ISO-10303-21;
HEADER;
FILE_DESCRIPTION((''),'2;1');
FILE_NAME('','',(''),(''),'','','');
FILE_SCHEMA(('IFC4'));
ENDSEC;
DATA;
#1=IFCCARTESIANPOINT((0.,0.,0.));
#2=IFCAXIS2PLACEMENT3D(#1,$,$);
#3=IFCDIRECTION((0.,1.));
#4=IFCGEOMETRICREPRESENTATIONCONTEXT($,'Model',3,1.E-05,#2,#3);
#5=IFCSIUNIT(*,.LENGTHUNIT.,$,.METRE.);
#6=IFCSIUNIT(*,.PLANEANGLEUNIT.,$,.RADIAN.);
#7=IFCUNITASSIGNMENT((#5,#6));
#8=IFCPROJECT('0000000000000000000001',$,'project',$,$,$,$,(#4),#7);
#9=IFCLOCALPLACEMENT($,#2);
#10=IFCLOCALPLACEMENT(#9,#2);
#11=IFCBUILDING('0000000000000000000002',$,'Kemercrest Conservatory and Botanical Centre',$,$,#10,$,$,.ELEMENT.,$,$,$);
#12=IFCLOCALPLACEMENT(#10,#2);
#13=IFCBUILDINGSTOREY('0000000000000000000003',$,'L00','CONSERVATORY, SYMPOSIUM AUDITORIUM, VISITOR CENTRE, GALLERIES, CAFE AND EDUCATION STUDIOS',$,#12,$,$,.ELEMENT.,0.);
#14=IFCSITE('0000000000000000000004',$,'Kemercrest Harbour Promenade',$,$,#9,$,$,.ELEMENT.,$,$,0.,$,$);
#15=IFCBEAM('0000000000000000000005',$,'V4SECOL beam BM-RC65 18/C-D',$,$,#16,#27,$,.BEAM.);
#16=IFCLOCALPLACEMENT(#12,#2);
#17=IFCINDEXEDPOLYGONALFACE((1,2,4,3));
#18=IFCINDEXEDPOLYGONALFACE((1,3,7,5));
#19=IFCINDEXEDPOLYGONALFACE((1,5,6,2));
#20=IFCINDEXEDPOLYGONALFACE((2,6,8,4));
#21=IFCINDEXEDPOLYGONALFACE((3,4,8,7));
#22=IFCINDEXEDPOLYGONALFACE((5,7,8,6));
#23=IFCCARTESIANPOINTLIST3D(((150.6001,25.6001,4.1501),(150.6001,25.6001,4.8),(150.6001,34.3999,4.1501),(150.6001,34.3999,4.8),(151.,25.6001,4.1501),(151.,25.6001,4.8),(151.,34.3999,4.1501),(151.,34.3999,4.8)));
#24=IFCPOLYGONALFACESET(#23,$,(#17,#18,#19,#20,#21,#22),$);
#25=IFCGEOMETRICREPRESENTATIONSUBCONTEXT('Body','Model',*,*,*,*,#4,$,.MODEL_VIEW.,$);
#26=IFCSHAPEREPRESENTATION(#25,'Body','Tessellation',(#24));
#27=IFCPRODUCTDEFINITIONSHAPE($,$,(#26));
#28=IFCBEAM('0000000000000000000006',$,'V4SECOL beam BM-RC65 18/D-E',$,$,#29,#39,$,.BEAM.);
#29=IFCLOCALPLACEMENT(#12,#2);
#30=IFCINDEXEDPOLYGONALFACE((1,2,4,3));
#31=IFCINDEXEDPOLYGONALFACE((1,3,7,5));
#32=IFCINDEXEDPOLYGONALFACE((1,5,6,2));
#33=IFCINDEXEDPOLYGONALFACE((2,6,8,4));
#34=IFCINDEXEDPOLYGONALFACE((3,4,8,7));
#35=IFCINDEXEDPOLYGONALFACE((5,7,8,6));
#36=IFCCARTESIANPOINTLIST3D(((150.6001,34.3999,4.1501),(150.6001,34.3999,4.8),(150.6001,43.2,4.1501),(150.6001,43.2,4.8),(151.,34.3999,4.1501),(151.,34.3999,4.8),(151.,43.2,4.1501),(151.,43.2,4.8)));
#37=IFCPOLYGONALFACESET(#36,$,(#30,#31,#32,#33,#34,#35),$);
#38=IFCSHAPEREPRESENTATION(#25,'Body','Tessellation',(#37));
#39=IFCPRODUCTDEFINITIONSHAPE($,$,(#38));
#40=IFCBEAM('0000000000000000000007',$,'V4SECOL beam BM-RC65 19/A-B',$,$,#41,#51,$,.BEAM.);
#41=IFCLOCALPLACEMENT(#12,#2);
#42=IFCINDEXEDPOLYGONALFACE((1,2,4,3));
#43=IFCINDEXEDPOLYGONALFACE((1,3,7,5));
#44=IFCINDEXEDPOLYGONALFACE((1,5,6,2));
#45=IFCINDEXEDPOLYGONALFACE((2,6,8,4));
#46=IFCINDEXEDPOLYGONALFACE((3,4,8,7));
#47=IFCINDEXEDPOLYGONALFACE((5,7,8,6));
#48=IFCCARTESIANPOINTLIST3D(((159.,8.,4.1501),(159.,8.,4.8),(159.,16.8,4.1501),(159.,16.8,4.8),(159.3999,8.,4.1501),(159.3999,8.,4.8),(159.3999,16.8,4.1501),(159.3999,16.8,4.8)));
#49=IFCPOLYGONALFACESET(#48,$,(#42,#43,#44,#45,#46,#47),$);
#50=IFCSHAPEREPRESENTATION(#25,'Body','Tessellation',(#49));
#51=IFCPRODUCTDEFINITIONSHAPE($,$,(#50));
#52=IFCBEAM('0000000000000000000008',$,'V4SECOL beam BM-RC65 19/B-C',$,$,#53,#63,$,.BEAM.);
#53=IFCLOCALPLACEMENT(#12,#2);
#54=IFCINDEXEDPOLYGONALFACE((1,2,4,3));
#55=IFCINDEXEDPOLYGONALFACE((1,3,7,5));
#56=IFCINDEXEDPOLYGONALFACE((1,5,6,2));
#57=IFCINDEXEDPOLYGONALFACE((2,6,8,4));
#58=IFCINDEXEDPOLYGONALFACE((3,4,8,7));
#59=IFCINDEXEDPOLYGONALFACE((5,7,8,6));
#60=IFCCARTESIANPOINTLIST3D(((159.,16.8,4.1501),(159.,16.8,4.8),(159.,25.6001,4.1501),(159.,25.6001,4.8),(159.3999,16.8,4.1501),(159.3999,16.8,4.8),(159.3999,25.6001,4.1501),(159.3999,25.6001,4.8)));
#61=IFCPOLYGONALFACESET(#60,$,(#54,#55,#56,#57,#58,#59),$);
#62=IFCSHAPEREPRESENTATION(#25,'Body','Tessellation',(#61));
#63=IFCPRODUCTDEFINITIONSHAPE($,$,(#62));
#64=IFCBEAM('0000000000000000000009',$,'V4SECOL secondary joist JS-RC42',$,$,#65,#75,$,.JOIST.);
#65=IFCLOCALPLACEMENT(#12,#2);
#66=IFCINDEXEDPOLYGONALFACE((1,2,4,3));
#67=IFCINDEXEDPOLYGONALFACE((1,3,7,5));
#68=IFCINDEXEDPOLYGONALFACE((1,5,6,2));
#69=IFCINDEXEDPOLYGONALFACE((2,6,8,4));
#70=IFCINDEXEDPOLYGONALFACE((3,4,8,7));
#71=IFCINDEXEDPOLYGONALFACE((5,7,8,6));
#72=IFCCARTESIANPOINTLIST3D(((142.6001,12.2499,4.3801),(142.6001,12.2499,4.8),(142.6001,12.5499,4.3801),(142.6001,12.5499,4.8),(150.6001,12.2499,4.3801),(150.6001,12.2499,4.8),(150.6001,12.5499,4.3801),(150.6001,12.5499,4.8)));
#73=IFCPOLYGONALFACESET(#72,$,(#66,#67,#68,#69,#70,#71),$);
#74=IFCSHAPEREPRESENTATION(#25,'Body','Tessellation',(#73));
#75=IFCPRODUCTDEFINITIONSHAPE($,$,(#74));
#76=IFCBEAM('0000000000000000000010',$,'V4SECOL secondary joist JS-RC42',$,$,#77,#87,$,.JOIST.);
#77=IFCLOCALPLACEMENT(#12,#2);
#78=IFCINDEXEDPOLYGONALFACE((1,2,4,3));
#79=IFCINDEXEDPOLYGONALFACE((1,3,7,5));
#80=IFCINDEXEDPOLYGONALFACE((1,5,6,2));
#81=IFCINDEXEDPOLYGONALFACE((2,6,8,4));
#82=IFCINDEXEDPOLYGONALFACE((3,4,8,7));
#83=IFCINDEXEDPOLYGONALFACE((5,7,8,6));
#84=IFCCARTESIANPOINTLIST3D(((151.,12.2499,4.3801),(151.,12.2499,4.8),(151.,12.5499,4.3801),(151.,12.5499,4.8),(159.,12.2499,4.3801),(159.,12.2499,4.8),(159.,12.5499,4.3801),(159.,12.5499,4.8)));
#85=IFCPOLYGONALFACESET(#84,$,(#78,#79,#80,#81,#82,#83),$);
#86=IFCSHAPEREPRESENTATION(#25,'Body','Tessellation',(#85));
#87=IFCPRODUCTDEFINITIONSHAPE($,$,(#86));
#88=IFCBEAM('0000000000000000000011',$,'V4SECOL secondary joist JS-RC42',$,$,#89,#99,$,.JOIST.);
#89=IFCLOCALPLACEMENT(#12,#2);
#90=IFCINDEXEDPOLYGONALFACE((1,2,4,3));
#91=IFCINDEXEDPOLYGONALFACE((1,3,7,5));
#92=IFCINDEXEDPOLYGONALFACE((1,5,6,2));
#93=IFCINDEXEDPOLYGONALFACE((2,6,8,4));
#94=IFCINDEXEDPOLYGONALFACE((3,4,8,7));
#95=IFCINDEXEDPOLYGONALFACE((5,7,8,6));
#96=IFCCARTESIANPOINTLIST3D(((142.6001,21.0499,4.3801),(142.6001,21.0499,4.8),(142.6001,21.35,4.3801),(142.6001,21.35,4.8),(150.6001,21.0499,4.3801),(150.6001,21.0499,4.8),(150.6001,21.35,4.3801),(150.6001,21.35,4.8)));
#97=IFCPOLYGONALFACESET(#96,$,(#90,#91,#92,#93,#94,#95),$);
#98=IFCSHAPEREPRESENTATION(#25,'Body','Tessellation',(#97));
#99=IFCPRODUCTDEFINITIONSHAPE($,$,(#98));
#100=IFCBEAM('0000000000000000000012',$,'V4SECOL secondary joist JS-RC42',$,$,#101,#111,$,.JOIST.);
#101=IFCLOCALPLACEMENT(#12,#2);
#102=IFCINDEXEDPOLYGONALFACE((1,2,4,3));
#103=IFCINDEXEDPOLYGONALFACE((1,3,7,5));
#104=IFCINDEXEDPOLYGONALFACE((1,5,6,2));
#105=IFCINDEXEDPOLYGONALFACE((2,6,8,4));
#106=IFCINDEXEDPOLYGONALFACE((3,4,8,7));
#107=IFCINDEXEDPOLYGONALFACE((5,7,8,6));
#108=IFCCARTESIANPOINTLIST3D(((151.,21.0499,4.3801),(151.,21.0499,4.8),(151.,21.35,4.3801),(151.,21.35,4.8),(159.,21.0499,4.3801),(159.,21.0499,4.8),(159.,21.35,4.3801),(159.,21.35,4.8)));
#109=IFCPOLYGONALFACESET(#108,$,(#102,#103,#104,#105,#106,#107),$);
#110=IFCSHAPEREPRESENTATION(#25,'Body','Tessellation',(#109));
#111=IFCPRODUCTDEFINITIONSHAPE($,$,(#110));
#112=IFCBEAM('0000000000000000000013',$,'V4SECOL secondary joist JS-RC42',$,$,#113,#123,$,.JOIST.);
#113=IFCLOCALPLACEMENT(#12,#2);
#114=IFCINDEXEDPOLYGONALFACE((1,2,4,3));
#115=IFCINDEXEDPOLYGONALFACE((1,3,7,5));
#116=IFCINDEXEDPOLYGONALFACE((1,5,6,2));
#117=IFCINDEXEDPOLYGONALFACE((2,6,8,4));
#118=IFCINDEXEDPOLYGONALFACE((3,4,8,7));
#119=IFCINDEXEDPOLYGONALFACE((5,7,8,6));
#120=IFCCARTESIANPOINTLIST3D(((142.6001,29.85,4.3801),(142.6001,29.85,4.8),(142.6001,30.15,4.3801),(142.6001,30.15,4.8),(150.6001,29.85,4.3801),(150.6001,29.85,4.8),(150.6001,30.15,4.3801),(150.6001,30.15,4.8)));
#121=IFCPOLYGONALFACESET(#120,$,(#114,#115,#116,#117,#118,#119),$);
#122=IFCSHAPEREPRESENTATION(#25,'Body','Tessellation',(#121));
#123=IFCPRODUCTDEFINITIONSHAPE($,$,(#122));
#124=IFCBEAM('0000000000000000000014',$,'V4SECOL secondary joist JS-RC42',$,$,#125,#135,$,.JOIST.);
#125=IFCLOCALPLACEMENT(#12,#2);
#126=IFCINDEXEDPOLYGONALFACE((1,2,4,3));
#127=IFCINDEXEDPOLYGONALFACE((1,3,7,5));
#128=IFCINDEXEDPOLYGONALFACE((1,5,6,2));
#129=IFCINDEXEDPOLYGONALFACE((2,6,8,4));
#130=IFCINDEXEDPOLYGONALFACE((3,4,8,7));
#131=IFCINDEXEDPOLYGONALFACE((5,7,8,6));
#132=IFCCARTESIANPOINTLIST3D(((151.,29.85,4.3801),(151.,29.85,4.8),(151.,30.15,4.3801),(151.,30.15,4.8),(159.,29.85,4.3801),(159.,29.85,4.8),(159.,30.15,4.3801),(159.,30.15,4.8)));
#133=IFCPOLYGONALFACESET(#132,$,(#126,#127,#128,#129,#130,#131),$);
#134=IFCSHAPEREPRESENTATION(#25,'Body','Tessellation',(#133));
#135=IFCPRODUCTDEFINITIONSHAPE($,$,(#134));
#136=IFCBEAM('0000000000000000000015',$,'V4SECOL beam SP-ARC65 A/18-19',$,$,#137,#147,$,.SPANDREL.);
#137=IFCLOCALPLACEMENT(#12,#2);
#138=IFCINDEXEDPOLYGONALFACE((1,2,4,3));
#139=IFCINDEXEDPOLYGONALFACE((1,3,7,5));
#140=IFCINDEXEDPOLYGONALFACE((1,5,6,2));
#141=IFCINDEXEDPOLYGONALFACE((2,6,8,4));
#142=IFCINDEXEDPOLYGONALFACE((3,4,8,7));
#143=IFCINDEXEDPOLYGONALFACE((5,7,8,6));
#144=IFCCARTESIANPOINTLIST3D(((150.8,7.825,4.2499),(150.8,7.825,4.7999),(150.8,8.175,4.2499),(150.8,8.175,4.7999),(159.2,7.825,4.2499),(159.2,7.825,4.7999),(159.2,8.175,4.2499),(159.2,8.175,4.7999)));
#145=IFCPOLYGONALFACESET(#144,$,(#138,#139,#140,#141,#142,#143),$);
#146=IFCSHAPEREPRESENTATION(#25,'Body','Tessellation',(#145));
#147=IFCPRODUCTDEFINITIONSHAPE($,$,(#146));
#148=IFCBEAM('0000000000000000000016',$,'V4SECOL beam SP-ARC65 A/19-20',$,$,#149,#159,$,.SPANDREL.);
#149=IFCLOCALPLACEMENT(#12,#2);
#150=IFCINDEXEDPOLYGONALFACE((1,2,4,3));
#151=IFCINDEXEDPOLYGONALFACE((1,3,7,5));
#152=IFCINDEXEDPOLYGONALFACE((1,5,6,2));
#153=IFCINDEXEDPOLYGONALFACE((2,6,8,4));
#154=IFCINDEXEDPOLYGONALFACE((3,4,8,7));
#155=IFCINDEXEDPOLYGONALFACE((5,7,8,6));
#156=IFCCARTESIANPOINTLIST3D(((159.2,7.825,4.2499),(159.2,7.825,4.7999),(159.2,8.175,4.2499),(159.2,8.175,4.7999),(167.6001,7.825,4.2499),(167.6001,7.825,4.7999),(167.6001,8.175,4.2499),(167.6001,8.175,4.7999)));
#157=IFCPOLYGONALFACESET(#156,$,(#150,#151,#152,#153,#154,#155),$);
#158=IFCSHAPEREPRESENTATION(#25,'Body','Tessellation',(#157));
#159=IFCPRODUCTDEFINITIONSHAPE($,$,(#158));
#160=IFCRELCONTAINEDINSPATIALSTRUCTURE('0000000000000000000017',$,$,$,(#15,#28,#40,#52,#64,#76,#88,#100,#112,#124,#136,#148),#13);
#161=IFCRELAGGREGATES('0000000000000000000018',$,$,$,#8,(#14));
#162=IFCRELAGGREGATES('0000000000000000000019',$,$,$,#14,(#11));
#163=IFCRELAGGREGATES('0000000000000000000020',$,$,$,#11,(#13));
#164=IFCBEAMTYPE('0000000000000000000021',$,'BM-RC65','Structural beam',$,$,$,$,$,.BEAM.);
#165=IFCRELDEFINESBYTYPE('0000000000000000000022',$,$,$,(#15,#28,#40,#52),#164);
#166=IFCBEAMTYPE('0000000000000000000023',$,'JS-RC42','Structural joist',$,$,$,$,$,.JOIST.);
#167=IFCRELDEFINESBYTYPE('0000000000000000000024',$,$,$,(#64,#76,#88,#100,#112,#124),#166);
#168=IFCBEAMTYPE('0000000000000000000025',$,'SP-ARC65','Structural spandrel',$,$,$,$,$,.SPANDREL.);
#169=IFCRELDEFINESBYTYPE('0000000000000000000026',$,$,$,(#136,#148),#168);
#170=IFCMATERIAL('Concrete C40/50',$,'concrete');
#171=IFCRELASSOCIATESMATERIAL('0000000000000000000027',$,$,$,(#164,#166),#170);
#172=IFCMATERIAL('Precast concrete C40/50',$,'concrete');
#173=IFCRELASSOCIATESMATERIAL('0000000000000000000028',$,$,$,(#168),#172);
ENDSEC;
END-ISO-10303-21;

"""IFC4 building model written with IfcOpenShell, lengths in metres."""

from ifc_helpers import new_model, si_unit, direction, frame, origin, origin_2d, place, context, subcontext, project, spatial, rectangle, extrude, material, material_profile, profile_set, type_object, element, save


model = new_model("IFC4")

# Units and contexts
model_context = context("Model", 3, precision=1e-05, world=origin(), true_north=direction((0.0, 1.0)))
body_context = subcontext(model_context, "Body", "Model", "MODEL_VIEW")
ifc_project = project(units=[si_unit("LENGTHUNIT", "METRE"), si_unit("PLANEANGLEUNIT", "RADIAN")], contexts=[model_context])

# Site, building, storey
site_placement = place(None, origin())
site = spatial("IfcSite", under=ifc_project, at=site_placement, Name="Kemercrest Harbour Promenade", CompositionType="ELEMENT", RefElevation=0.0)
building_placement = place(site_placement, origin())
building = spatial("IfcBuilding", under=site, at=building_placement, Name="Kemercrest Conservatory and Botanical Centre", CompositionType="ELEMENT")
storey_placement = place(building_placement, origin())
storey = spatial("IfcBuildingStorey", under=building, at=storey_placement, Name="L00", Description="CONSERVATORY, SYMPOSIUM AUDITORIUM, VISITOR CENTRE, GALLERIES, CAFE AND EDUCATION STUDIOS", CompositionType="ELEMENT", Elevation=0.0)

# Shared definitions
ifc_material_1 = material(Name="Concrete C40/50", Category="concrete")
ifc_material_2 = material(Name="Precast concrete C40/50", Category="concrete")

# Beams
ifc_material_profile_1 = material_profile(ifc_material_1, rectangle(XDim=0.3999, YDim=0.6499, at=origin_2d()), Name="RC 400x650")
ifc_profile_set_1 = profile_set([ifc_material_profile_1], Name="Concrete C40/50")
beam_type_1 = type_object("IfcBeamType", Name="BM-RC65", Description="Structural beam", PredefinedType="BEAM", material=ifc_profile_set_1)
beam_1_placement = place(storey_placement, frame((150.8, 25.6001, 4.4751), z_axis=(0.0, 1.0, 0.0), x_axis=(-1.0, 0.0, 0.0)))
element("IfcBeam", 1, at=beam_1_placement, inside=storey, type_object=beam_type_1, Name="V4SECOL beam BM-RC65 18/C-D", PredefinedType="BEAM", context=body_context, shape_type="SweptSolid", body=[
    extrude(rectangle(XDim=0.3999, YDim=0.6499, at=origin_2d()), origin(), (0.0, 0.0, 1.0), 8.7998),
])
for number, where, z_axis, x_axis, name in (
    (2, (150.8, 34.3999, 4.4751), (0.0, 1.0, 0.0), (-1.0, 0.0, 0.0), "V4SECOL beam BM-RC65 18/D-E"),
    (3, (159.2, 8.0, 4.4751), (0.0, 1.0, 0.0), (-1.0, 0.0, 0.0), "V4SECOL beam BM-RC65 19/A-B"),
    (4, (159.2, 16.8, 4.4751), (0.0, 1.0, 0.0), (-1.0, 0.0, 0.0), "V4SECOL beam BM-RC65 19/B-C"),
):
    element("IfcBeam", number, at=place(storey_placement, frame(where, z_axis=z_axis, x_axis=x_axis)), inside=storey, type_object=beam_type_1, Name=name, PredefinedType="BEAM", context=body_context, shape_type="SweptSolid", body=[
        extrude(rectangle(XDim=0.3999, YDim=0.6499, at=origin_2d()), origin(), (0.0, 0.0, 1.0), 8.8),
    ])
ifc_material_profile_2 = material_profile(ifc_material_1, rectangle(XDim=0.3, YDim=0.4199, at=origin_2d()), Name="RC 300x420")
ifc_profile_set_2 = profile_set([ifc_material_profile_2], Name="Concrete C40/50")
beam_type_2 = type_object("IfcBeamType", Name="JS-RC42", Description="Structural joist", PredefinedType="JOIST", material=ifc_profile_set_2)
for number, where, z_axis, x_axis, name in (
    (5, (142.6001, 12.3999, 4.5901), (1.0, 0.0, 0.0), (0.0, 1.0, 0.0), "V4SECOL secondary joist JS-RC42"),
    (6, (151.0, 12.3999, 4.5901), (1.0, 0.0, 0.0), (0.0, 1.0, 0.0), "V4SECOL secondary joist JS-RC42"),
    (7, (142.6001, 21.2, 4.5901), (1.0, 0.0, 0.0), (0.0, 1.0, 0.0), "V4SECOL secondary joist JS-RC42"),
    (8, (151.0, 21.2, 4.5901), (1.0, 0.0, 0.0), (0.0, 1.0, 0.0), "V4SECOL secondary joist JS-RC42"),
    (9, (142.6001, 30.0, 4.5901), (1.0, 0.0, 0.0), (0.0, 1.0, 0.0), "V4SECOL secondary joist JS-RC42"),
    (10, (151.0, 30.0, 4.5901), (1.0, 0.0, 0.0), (0.0, 1.0, 0.0), "V4SECOL secondary joist JS-RC42"),
):
    element("IfcBeam", number, at=place(storey_placement, frame(where, z_axis=z_axis, x_axis=x_axis)), inside=storey, type_object=beam_type_2, Name=name, PredefinedType="JOIST", context=body_context, shape_type="SweptSolid", body=[
        extrude(rectangle(XDim=0.3, YDim=0.4199, at=origin_2d()), origin(), (0.0, 0.0, 1.0), 8.0),
    ])
ifc_material_profile_3 = material_profile(ifc_material_2, rectangle(XDim=0.3501, YDim=0.55, at=origin_2d()), Name="RC 350x550")
ifc_profile_set_3 = profile_set([ifc_material_profile_3], Name="Precast concrete C40/50")
beam_type_3 = type_object("IfcBeamType", Name="SP-ARC65", Description="Structural spandrel", PredefinedType="SPANDREL", material=ifc_profile_set_3)
beam_2_placement = place(storey_placement, frame((150.8, 8.0, 4.5249), z_axis=(1.0, 0.0, 0.0), x_axis=(0.0, 1.0, 0.0)))
element("IfcBeam", 11, at=beam_2_placement, inside=storey, type_object=beam_type_3, Name="V4SECOL beam SP-ARC65 A/18-19", PredefinedType="SPANDREL", context=body_context, shape_type="SweptSolid", body=[
    extrude(rectangle(XDim=0.3501, YDim=0.55, at=origin_2d()), origin(), (0.0, 0.0, 1.0), 8.3999),
])
beam_3_placement = place(storey_placement, frame((159.2, 8.0, 4.5249), z_axis=(1.0, 0.0, 0.0), x_axis=(0.0, 1.0, 0.0)))
element("IfcBeam", 12, at=beam_3_placement, inside=storey, type_object=beam_type_3, Name="V4SECOL beam SP-ARC65 A/19-20", PredefinedType="SPANDREL", context=body_context, shape_type="SweptSolid", body=[
    extrude(rectangle(XDim=0.3501, YDim=0.55, at=origin_2d()), origin(), (0.0, 0.0, 1.0), 8.4001),
])

save(model, "model.ifc")
